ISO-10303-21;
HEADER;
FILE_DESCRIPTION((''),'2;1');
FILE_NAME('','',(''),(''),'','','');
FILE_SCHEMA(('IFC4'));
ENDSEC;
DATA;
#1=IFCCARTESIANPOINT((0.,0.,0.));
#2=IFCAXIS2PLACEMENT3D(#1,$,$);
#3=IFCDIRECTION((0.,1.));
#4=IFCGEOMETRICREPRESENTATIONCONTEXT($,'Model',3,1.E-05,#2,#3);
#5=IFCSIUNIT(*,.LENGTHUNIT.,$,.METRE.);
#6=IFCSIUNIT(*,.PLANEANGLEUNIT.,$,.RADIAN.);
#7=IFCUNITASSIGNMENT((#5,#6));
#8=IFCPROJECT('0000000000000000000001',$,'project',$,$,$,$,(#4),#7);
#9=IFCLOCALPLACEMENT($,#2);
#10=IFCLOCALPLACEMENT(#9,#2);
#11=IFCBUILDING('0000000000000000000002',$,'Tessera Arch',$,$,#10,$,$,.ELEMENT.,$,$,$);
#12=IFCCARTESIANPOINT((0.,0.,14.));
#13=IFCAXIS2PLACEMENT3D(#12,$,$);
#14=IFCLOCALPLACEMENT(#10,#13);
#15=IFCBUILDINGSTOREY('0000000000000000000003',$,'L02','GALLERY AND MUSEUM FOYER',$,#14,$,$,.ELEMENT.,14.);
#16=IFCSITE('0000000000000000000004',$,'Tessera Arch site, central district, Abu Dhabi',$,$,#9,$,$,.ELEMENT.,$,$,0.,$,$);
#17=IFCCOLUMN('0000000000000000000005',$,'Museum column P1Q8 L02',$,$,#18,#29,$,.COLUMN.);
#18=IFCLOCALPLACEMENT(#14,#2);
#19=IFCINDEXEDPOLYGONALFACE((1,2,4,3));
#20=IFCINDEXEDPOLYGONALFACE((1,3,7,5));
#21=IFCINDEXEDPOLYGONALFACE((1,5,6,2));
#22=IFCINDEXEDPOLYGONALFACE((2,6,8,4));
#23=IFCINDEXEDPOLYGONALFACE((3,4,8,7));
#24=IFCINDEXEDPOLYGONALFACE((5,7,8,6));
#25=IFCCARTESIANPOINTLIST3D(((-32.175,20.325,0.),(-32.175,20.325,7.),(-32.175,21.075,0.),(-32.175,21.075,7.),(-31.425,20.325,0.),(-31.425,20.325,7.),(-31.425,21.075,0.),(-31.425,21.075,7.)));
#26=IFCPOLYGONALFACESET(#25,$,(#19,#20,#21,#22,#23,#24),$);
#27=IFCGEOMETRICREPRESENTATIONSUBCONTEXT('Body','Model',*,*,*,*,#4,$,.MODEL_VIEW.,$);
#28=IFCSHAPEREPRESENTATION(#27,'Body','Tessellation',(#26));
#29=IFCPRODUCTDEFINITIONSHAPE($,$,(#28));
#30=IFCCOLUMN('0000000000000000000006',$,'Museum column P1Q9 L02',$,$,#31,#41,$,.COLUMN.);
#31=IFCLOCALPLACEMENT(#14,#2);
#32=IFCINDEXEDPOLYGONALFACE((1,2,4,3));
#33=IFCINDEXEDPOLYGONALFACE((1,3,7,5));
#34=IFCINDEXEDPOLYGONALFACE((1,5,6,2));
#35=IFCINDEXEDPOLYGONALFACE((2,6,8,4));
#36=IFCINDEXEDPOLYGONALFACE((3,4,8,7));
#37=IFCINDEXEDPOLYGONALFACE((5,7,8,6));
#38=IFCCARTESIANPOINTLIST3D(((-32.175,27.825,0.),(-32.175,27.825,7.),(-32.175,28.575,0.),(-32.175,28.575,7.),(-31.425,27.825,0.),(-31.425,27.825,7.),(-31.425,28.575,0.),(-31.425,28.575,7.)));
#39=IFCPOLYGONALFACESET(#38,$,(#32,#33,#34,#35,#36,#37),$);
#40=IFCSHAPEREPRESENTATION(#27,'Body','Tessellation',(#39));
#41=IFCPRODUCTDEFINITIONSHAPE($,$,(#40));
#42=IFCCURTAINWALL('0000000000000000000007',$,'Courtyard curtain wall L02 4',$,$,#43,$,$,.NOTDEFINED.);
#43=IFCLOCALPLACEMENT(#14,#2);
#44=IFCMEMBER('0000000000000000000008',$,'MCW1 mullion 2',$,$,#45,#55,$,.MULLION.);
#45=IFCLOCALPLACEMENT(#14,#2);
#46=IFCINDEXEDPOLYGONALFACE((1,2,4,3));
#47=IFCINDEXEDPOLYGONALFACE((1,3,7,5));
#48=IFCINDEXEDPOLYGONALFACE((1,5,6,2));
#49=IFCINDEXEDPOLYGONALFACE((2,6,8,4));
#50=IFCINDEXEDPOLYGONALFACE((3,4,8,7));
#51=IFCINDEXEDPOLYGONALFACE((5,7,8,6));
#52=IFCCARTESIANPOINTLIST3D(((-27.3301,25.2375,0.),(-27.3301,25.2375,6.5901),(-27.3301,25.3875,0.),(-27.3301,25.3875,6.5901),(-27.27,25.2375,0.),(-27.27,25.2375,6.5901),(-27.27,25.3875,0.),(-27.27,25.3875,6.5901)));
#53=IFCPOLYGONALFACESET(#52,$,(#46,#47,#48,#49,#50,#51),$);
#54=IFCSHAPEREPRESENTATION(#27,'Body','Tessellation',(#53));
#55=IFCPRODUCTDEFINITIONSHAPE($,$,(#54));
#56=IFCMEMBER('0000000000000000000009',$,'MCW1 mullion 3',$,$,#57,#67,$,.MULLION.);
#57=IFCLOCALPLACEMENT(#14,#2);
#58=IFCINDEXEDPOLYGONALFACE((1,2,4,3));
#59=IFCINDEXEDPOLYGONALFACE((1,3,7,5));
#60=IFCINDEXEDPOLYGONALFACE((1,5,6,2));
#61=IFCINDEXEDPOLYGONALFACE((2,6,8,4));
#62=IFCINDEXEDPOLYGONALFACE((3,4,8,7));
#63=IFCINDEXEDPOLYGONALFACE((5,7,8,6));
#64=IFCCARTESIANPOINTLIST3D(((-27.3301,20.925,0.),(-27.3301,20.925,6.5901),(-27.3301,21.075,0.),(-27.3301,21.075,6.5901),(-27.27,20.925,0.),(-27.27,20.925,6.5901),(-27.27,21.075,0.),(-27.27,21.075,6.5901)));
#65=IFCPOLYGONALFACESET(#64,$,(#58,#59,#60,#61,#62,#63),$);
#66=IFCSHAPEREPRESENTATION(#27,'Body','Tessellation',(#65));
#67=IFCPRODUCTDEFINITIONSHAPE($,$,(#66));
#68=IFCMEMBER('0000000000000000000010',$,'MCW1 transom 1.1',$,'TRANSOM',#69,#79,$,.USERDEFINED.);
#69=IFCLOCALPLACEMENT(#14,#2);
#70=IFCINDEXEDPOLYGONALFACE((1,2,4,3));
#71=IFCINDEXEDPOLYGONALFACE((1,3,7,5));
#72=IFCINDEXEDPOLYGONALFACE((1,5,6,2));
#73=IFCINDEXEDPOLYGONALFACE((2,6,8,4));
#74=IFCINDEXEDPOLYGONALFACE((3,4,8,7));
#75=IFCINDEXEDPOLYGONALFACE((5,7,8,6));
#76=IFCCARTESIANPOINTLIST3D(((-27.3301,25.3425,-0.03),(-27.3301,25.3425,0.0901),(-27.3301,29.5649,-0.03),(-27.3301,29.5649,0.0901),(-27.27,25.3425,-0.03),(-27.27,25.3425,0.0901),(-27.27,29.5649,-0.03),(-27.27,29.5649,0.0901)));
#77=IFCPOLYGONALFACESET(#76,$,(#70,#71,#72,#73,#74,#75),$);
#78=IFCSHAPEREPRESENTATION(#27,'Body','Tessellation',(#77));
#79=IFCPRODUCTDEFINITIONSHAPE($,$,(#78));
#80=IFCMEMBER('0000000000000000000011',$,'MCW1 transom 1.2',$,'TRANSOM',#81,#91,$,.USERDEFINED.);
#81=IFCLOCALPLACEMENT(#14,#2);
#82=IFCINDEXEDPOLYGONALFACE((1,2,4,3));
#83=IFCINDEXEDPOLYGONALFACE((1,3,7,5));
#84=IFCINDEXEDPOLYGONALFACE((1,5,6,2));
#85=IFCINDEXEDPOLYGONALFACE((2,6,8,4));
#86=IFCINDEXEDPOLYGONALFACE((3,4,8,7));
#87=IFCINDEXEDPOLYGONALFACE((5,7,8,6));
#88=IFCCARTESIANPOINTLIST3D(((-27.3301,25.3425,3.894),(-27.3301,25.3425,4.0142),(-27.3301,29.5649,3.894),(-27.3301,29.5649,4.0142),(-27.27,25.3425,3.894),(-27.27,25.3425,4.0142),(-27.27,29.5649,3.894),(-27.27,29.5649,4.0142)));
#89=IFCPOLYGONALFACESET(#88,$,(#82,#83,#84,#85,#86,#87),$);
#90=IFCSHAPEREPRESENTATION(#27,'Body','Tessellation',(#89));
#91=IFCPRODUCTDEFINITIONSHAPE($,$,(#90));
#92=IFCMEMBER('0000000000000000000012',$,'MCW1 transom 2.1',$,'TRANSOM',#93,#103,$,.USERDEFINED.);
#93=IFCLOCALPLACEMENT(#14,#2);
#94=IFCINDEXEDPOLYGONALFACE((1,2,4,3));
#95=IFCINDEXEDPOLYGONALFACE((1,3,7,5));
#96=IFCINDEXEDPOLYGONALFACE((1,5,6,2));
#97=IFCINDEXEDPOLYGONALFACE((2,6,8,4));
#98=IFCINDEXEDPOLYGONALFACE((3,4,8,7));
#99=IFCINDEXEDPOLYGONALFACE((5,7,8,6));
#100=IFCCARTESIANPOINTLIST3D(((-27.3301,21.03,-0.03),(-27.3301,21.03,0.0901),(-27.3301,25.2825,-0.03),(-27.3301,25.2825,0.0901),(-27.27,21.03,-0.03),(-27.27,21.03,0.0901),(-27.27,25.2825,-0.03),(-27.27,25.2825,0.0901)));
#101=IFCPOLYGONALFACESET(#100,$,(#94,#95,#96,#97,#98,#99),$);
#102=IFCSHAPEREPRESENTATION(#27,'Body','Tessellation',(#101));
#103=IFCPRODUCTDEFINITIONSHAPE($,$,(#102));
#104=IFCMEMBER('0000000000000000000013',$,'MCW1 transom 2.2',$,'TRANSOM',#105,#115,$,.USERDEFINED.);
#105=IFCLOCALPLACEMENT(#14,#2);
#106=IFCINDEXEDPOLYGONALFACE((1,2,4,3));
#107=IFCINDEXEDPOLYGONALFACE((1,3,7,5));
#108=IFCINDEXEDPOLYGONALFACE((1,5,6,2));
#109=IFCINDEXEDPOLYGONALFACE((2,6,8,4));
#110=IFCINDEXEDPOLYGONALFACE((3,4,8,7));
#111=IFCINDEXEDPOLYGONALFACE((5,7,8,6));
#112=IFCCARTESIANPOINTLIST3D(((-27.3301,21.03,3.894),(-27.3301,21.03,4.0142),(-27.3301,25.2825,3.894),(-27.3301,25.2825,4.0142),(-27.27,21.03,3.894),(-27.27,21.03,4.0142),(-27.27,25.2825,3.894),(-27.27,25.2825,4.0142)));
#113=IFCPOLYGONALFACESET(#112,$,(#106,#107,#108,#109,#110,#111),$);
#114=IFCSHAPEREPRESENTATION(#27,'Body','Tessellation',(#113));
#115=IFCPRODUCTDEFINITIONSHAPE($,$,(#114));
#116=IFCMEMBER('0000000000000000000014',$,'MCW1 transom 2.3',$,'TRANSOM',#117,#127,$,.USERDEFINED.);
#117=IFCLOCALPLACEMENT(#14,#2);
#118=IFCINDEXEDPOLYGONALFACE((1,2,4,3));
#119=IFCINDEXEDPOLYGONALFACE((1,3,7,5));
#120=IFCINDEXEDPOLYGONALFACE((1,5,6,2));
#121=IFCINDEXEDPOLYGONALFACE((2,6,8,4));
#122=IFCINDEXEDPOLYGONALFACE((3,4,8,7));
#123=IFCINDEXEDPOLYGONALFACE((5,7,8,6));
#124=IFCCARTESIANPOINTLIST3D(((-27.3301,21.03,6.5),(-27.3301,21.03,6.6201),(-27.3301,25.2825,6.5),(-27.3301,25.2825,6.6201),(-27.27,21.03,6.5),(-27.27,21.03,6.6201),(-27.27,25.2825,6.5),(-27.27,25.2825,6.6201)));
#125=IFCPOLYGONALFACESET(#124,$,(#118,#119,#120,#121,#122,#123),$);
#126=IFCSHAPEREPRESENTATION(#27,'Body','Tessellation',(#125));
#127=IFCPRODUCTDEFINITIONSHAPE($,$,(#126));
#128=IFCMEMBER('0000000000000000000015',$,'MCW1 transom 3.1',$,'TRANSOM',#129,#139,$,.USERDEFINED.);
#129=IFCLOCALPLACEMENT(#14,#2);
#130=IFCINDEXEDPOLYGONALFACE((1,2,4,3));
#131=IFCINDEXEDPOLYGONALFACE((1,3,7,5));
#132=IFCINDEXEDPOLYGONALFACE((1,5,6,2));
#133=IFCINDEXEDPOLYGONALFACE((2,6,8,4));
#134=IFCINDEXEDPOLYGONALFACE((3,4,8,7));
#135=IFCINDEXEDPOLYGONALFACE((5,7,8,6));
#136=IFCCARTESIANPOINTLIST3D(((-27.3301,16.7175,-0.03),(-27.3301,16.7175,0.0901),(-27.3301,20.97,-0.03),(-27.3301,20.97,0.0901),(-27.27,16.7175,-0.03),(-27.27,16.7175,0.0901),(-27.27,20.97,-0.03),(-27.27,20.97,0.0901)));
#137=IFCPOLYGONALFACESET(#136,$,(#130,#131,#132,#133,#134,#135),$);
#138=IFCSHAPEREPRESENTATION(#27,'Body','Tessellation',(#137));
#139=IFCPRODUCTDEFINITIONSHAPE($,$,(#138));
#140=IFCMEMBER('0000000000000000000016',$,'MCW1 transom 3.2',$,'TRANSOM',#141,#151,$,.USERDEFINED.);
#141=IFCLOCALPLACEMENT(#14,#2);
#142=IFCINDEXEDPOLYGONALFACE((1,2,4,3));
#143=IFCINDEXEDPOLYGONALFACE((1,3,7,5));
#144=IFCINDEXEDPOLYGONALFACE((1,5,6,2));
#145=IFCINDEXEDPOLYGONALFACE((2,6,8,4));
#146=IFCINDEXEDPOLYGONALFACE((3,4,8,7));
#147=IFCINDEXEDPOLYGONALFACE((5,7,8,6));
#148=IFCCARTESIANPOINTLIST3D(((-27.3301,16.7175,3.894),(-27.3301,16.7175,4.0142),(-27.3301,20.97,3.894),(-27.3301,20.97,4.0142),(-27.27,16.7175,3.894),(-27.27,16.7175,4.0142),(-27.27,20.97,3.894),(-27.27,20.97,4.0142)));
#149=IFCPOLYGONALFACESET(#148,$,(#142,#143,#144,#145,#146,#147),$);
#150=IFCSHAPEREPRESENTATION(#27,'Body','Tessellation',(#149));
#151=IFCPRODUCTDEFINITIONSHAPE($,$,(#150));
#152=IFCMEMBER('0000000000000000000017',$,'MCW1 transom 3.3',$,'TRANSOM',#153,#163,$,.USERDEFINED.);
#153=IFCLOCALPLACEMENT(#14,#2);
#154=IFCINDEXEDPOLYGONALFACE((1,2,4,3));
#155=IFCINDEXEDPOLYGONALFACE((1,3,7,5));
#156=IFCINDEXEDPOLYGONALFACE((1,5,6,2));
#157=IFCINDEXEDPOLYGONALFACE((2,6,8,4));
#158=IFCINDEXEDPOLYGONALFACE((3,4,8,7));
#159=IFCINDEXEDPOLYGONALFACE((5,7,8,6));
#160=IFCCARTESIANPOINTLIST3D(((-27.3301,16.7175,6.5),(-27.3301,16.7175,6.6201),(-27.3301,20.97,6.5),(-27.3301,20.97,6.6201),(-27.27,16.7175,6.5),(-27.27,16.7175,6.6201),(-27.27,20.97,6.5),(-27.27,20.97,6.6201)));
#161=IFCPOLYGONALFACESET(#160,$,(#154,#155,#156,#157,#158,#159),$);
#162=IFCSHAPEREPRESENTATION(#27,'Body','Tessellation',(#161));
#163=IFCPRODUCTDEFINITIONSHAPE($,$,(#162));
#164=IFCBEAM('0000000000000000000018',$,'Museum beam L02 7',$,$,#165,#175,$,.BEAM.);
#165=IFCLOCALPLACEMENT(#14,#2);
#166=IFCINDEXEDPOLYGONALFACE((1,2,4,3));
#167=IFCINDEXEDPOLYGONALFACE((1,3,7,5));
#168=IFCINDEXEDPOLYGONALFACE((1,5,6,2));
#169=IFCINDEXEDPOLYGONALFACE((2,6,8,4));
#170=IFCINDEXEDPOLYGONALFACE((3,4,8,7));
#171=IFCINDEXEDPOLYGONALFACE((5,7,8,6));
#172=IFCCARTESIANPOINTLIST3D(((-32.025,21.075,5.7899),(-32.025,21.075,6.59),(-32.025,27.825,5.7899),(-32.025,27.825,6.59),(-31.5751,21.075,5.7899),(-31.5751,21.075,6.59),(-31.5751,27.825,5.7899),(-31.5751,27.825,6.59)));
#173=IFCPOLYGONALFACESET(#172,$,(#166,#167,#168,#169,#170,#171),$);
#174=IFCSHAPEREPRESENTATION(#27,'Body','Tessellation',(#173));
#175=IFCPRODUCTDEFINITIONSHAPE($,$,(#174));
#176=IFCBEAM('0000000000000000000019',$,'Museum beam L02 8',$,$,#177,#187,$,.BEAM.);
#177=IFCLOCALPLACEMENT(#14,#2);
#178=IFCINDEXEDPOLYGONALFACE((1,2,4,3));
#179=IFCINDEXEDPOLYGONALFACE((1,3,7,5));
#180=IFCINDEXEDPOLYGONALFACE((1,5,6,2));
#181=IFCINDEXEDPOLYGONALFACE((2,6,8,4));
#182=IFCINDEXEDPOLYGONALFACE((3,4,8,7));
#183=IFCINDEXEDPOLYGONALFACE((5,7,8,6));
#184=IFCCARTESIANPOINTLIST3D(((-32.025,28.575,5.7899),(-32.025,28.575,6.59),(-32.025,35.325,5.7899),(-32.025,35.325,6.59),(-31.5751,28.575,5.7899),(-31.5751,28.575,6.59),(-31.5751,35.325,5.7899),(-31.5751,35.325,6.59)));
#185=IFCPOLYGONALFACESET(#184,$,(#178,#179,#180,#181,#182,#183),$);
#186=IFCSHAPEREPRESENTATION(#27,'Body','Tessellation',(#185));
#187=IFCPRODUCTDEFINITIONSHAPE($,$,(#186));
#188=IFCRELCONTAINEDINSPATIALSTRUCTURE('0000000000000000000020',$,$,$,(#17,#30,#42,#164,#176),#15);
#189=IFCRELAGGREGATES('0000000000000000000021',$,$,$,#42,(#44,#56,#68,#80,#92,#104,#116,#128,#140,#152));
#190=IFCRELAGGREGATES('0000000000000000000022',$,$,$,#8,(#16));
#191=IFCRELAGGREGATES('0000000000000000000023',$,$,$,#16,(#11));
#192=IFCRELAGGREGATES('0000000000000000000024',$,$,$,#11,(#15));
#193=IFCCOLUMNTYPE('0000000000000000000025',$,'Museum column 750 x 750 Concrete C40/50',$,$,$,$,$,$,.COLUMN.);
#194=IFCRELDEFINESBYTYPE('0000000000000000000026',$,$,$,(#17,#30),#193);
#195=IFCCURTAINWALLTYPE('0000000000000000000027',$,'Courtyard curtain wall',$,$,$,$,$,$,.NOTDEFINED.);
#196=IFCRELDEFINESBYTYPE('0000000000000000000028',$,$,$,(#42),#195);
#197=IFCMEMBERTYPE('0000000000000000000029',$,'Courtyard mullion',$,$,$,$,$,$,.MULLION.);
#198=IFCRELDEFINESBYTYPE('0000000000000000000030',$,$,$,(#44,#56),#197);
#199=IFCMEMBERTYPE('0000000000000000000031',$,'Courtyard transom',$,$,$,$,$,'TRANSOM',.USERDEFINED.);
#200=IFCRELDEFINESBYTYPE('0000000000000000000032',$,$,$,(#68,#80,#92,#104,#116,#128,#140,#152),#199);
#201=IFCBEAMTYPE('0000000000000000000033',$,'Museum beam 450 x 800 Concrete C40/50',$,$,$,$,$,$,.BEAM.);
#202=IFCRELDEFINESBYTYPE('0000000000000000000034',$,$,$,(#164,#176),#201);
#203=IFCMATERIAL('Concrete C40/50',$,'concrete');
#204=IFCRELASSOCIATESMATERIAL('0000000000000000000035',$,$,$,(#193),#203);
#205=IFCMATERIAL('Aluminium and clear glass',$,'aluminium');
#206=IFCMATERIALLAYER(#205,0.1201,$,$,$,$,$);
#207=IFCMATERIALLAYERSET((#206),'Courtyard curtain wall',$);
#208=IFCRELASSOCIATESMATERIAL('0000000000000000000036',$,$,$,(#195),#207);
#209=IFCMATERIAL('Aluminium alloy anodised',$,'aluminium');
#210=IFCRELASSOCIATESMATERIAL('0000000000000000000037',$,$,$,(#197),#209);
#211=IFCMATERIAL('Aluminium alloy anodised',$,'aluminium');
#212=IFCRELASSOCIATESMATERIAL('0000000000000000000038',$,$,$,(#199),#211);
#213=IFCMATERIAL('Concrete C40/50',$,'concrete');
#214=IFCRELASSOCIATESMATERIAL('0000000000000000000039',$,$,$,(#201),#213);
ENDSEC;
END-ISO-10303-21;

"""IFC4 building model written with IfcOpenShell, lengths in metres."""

from ifc_helpers import new_model, si_unit, direction, frame, origin, origin_2d, place, context, subcontext, project, spatial, rectangle, extrude, material, layer, layer_set, material_profile, profile_set, type_object, element, aggregate, save


model = new_model("IFC4")

# Units and contexts
model_context = context("Model", 3, precision=1e-05, world=origin(), true_north=direction((0.0, 1.0)))
body_context = subcontext(model_context, "Body", "Model", "MODEL_VIEW")
ifc_project = project(units=[si_unit("LENGTHUNIT", "METRE"), si_unit("PLANEANGLEUNIT", "RADIAN")], contexts=[model_context])

# Site, building, storey
site_placement = place(None, origin())
site = spatial("IfcSite", under=ifc_project, at=site_placement, Name="Tessera Arch site, central district, Abu Dhabi", CompositionType="ELEMENT", RefElevation=0.0)
building_placement = place(site_placement, origin())
building = spatial("IfcBuilding", under=site, at=building_placement, Name="Tessera Arch", CompositionType="ELEMENT")
storey_placement = place(building_placement, frame((0.0, 0.0, 14.0)))
storey = spatial("IfcBuildingStorey", under=building, at=storey_placement, Name="L02", Description="GALLERY AND MUSEUM FOYER", CompositionType="ELEMENT", Elevation=14.0)

# Columns
ifc_material_1 = material(Name="Concrete C40/50", Category="concrete")
ifc_material_profile_1 = material_profile(ifc_material_1, rectangle(XDim=0.75, YDim=0.75, at=origin_2d()), Name="Museum column 750 x 750 Concrete C40/50")
ifc_profile_set_1 = profile_set([ifc_material_profile_1], Name="Concrete C40/50")
column_type = type_object("IfcColumnType", Name="Museum column 750 x 750 Concrete C40/50", PredefinedType="COLUMN", material=ifc_profile_set_1)
for number, where, z_axis, x_axis, name in (
    (1, (-31.8, 20.7, 0.0), (0.0, 0.0, 1.0), (1.0, 0.0, 0.0), "Museum column P1Q8 L02"),
    (2, (-31.8, 28.2, 0.0), (0.0, 0.0, 1.0), (1.0, 0.0, 0.0), "Museum column P1Q9 L02"),
):
    element("IfcColumn", number, at=place(storey_placement, frame(where, z_axis=z_axis, x_axis=x_axis)), inside=storey, type_object=column_type, Name=name, PredefinedType="COLUMN", context=body_context, shape_type="SweptSolid", body=[
        extrude(rectangle(XDim=0.75, YDim=0.75, at=origin_2d()), origin(), (0.0, 0.0, 1.0), 7.0),
    ])

# Curtain wall, members
ifc_material_2 = material(Name="Aluminium and clear glass", Category="aluminium")
ifc_layer_1 = layer(ifc_material_2, 0.1201)
ifc_layer_set_1 = layer_set([ifc_layer_1], Name="Courtyard curtain wall")
curtain_wall_type = type_object("IfcCurtainWallType", Name="Courtyard curtain wall", PredefinedType="NOTDEFINED", material=ifc_layer_set_1)
curtain_wall_placement = place(storey_placement, origin())
curtain_wall = element("IfcCurtainWall", 3, at=curtain_wall_placement, inside=storey, type_object=curtain_wall_type, Name="Courtyard curtain wall L02 4", PredefinedType="NOTDEFINED")
ifc_material_3 = material(Name="Aluminium alloy anodised", Category="aluminium")
ifc_material_profile_2 = material_profile(ifc_material_3, rectangle(XDim=0.0601, YDim=0.1499, at=origin_2d()), Name="Courtyard mullion")
ifc_profile_set_2 = profile_set([ifc_material_profile_2], Name="Aluminium alloy anodised")
member_type_1 = type_object("IfcMemberType", Name="Courtyard mullion", PredefinedType="MULLION", material=ifc_profile_set_2)
member_1_placement = place(storey_placement, frame((-27.3, 25.3125, 0.0), z_axis=(0.0, 0.0, 1.0), x_axis=(1.0, 0.0, 0.0)))
member_1 = element("IfcMember", 4, at=member_1_placement, type_object=member_type_1, Name="MCW1 mullion 2", PredefinedType="MULLION", context=body_context, shape_type="SweptSolid", body=[
    extrude(rectangle(XDim=0.0601, YDim=0.1499, at=origin_2d()), origin(), (0.0, 0.0, 1.0), 6.5901),
])
member_2_placement = place(storey_placement, frame((-27.3, 21.0, 0.0), z_axis=(0.0, 0.0, 1.0), x_axis=(1.0, 0.0, 0.0)))
member_2 = element("IfcMember", 5, at=member_2_placement, type_object=member_type_1, Name="MCW1 mullion 3", PredefinedType="MULLION", context=body_context, shape_type="SweptSolid", body=[
    extrude(rectangle(XDim=0.0601, YDim=0.1499, at=origin_2d()), origin(), (0.0, 0.0, 1.0), 6.5901),
])
ifc_material_4 = material(Name="Aluminium alloy anodised", Category="aluminium")
ifc_material_profile_3 = material_profile(ifc_material_4, rectangle(XDim=0.0601, YDim=0.1201, at=origin_2d()), Name="Courtyard transom")
ifc_profile_set_3 = profile_set([ifc_material_profile_3], Name="Aluminium alloy anodised")
member_type_2 = type_object("IfcMemberType", Name="Courtyard transom", ElementType="TRANSOM", PredefinedType="USERDEFINED", material=ifc_profile_set_3)
member_3_placement = place(storey_placement, frame((-27.3, 29.5649, 0.03), z_axis=(0.0, -1.0, 0.0), x_axis=(1.0, 0.0, 0.0)))
member_3 = element("IfcMember", 6, at=member_3_placement, type_object=member_type_2, Name="MCW1 transom 1.1", ObjectType="TRANSOM", PredefinedType="USERDEFINED", context=body_context, shape_type="SweptSolid", body=[
    extrude(rectangle(XDim=0.0601, YDim=0.1201, at=origin_2d()), origin(), (0.0, 0.0, 1.0), 4.2224),
])
member_4_placement = place(storey_placement, frame((-27.3, 29.5649, 3.9541), z_axis=(0.0, -1.0, 0.0), x_axis=(1.0, 0.0, 0.0)))
member_4 = element("IfcMember", 7, at=member_4_placement, type_object=member_type_2, Name="MCW1 transom 1.2", ObjectType="TRANSOM", PredefinedType="USERDEFINED", context=body_context, shape_type="SweptSolid", body=[
    extrude(rectangle(XDim=0.0601, YDim=0.1201, at=origin_2d()), origin(), (0.0, 0.0, 1.0), 4.2224),
])
member_5_placement = place(storey_placement, frame((-27.3, 25.2825, 0.03), z_axis=(0.0, -1.0, 0.0), x_axis=(1.0, 0.0, 0.0)))
member_5 = element("IfcMember", 8, at=member_5_placement, type_object=member_type_2, Name="MCW1 transom 2.1", ObjectType="TRANSOM", PredefinedType="USERDEFINED", context=body_context, shape_type="SweptSolid", body=[
    extrude(rectangle(XDim=0.0601, YDim=0.1201, at=origin_2d()), origin(), (0.0, 0.0, 1.0), 4.2524),
])
member_6_placement = place(storey_placement, frame((-27.3, 25.2825, 3.9541), z_axis=(0.0, -1.0, 0.0), x_axis=(1.0, 0.0, 0.0)))
member_6 = element("IfcMember", 9, at=member_6_placement, type_object=member_type_2, Name="MCW1 transom 2.2", ObjectType="TRANSOM", PredefinedType="USERDEFINED", context=body_context, shape_type="SweptSolid", body=[
    extrude(rectangle(XDim=0.0601, YDim=0.1201, at=origin_2d()), origin(), (0.0, 0.0, 1.0), 4.2524),
])
member_7_placement = place(storey_placement, frame((-27.3, 25.2825, 6.5601), z_axis=(0.0, -1.0, 0.0), x_axis=(1.0, 0.0, 0.0)))
member_7 = element("IfcMember", 10, at=member_7_placement, type_object=member_type_2, Name="MCW1 transom 2.3", ObjectType="TRANSOM", PredefinedType="USERDEFINED", context=body_context, shape_type="SweptSolid", body=[
    extrude(rectangle(XDim=0.0601, YDim=0.1201, at=origin_2d()), origin(), (0.0, 0.0, 1.0), 4.2524),
])
member_8_placement = place(storey_placement, frame((-27.3, 20.97, 0.03), z_axis=(0.0, -1.0, 0.0), x_axis=(1.0, 0.0, 0.0)))
member_8 = element("IfcMember", 11, at=member_8_placement, type_object=member_type_2, Name="MCW1 transom 3.1", ObjectType="TRANSOM", PredefinedType="USERDEFINED", context=body_context, shape_type="SweptSolid", body=[
    extrude(rectangle(XDim=0.0601, YDim=0.1201, at=origin_2d()), origin(), (0.0, 0.0, 1.0), 4.2524),
])
member_9_placement = place(storey_placement, frame((-27.3, 20.97, 3.9541), z_axis=(0.0, -1.0, 0.0), x_axis=(1.0, 0.0, 0.0)))
member_9 = element("IfcMember", 12, at=member_9_placement, type_object=member_type_2, Name="MCW1 transom 3.2", ObjectType="TRANSOM", PredefinedType="USERDEFINED", context=body_context, shape_type="SweptSolid", body=[
    extrude(rectangle(XDim=0.0601, YDim=0.1201, at=origin_2d()), origin(), (0.0, 0.0, 1.0), 4.2524),
])
member_10_placement = place(storey_placement, frame((-27.3, 20.97, 6.5601), z_axis=(0.0, -1.0, 0.0), x_axis=(1.0, 0.0, 0.0)))
member_10 = element("IfcMember", 13, at=member_10_placement, type_object=member_type_2, Name="MCW1 transom 3.3", ObjectType="TRANSOM", PredefinedType="USERDEFINED", context=body_context, shape_type="SweptSolid", body=[
    extrude(rectangle(XDim=0.0601, YDim=0.1201, at=origin_2d()), origin(), (0.0, 0.0, 1.0), 4.2524),
])

# Beams
ifc_material_5 = material(Name="Concrete C40/50", Category="concrete")
ifc_material_profile_4 = material_profile(ifc_material_5, rectangle(XDim=0.45, YDim=0.8, at=origin_2d()), Name="Museum beam 450 x 800 Concrete C40/50")
ifc_profile_set_4 = profile_set([ifc_material_profile_4], Name="Concrete C40/50")
beam_type = type_object("IfcBeamType", Name="Museum beam 450 x 800 Concrete C40/50", PredefinedType="BEAM", material=ifc_profile_set_4)
for number, where, z_axis, x_axis, name in (
    (14, (-31.8, 21.075, 6.1899), (0.0, 1.0, 0.0), (-1.0, 0.0, 0.0), "Museum beam L02 7"),
    (15, (-31.8, 28.575, 6.1899), (0.0, 1.0, 0.0), (-1.0, 0.0, 0.0), "Museum beam L02 8"),
):
    element("IfcBeam", number, at=place(storey_placement, frame(where, z_axis=z_axis, x_axis=x_axis)), inside=storey, type_object=beam_type, Name=name, PredefinedType="BEAM", context=body_context, shape_type="SweptSolid", body=[
        extrude(rectangle(XDim=0.45, YDim=0.8, at=origin_2d()), origin(), (0.0, 0.0, 1.0), 6.75),
    ])

aggregate(curtain_wall, [member_1, member_2, member_3, member_4, member_5, member_6, member_7, member_8, member_9, member_10])

save(model, "model.ifc")
